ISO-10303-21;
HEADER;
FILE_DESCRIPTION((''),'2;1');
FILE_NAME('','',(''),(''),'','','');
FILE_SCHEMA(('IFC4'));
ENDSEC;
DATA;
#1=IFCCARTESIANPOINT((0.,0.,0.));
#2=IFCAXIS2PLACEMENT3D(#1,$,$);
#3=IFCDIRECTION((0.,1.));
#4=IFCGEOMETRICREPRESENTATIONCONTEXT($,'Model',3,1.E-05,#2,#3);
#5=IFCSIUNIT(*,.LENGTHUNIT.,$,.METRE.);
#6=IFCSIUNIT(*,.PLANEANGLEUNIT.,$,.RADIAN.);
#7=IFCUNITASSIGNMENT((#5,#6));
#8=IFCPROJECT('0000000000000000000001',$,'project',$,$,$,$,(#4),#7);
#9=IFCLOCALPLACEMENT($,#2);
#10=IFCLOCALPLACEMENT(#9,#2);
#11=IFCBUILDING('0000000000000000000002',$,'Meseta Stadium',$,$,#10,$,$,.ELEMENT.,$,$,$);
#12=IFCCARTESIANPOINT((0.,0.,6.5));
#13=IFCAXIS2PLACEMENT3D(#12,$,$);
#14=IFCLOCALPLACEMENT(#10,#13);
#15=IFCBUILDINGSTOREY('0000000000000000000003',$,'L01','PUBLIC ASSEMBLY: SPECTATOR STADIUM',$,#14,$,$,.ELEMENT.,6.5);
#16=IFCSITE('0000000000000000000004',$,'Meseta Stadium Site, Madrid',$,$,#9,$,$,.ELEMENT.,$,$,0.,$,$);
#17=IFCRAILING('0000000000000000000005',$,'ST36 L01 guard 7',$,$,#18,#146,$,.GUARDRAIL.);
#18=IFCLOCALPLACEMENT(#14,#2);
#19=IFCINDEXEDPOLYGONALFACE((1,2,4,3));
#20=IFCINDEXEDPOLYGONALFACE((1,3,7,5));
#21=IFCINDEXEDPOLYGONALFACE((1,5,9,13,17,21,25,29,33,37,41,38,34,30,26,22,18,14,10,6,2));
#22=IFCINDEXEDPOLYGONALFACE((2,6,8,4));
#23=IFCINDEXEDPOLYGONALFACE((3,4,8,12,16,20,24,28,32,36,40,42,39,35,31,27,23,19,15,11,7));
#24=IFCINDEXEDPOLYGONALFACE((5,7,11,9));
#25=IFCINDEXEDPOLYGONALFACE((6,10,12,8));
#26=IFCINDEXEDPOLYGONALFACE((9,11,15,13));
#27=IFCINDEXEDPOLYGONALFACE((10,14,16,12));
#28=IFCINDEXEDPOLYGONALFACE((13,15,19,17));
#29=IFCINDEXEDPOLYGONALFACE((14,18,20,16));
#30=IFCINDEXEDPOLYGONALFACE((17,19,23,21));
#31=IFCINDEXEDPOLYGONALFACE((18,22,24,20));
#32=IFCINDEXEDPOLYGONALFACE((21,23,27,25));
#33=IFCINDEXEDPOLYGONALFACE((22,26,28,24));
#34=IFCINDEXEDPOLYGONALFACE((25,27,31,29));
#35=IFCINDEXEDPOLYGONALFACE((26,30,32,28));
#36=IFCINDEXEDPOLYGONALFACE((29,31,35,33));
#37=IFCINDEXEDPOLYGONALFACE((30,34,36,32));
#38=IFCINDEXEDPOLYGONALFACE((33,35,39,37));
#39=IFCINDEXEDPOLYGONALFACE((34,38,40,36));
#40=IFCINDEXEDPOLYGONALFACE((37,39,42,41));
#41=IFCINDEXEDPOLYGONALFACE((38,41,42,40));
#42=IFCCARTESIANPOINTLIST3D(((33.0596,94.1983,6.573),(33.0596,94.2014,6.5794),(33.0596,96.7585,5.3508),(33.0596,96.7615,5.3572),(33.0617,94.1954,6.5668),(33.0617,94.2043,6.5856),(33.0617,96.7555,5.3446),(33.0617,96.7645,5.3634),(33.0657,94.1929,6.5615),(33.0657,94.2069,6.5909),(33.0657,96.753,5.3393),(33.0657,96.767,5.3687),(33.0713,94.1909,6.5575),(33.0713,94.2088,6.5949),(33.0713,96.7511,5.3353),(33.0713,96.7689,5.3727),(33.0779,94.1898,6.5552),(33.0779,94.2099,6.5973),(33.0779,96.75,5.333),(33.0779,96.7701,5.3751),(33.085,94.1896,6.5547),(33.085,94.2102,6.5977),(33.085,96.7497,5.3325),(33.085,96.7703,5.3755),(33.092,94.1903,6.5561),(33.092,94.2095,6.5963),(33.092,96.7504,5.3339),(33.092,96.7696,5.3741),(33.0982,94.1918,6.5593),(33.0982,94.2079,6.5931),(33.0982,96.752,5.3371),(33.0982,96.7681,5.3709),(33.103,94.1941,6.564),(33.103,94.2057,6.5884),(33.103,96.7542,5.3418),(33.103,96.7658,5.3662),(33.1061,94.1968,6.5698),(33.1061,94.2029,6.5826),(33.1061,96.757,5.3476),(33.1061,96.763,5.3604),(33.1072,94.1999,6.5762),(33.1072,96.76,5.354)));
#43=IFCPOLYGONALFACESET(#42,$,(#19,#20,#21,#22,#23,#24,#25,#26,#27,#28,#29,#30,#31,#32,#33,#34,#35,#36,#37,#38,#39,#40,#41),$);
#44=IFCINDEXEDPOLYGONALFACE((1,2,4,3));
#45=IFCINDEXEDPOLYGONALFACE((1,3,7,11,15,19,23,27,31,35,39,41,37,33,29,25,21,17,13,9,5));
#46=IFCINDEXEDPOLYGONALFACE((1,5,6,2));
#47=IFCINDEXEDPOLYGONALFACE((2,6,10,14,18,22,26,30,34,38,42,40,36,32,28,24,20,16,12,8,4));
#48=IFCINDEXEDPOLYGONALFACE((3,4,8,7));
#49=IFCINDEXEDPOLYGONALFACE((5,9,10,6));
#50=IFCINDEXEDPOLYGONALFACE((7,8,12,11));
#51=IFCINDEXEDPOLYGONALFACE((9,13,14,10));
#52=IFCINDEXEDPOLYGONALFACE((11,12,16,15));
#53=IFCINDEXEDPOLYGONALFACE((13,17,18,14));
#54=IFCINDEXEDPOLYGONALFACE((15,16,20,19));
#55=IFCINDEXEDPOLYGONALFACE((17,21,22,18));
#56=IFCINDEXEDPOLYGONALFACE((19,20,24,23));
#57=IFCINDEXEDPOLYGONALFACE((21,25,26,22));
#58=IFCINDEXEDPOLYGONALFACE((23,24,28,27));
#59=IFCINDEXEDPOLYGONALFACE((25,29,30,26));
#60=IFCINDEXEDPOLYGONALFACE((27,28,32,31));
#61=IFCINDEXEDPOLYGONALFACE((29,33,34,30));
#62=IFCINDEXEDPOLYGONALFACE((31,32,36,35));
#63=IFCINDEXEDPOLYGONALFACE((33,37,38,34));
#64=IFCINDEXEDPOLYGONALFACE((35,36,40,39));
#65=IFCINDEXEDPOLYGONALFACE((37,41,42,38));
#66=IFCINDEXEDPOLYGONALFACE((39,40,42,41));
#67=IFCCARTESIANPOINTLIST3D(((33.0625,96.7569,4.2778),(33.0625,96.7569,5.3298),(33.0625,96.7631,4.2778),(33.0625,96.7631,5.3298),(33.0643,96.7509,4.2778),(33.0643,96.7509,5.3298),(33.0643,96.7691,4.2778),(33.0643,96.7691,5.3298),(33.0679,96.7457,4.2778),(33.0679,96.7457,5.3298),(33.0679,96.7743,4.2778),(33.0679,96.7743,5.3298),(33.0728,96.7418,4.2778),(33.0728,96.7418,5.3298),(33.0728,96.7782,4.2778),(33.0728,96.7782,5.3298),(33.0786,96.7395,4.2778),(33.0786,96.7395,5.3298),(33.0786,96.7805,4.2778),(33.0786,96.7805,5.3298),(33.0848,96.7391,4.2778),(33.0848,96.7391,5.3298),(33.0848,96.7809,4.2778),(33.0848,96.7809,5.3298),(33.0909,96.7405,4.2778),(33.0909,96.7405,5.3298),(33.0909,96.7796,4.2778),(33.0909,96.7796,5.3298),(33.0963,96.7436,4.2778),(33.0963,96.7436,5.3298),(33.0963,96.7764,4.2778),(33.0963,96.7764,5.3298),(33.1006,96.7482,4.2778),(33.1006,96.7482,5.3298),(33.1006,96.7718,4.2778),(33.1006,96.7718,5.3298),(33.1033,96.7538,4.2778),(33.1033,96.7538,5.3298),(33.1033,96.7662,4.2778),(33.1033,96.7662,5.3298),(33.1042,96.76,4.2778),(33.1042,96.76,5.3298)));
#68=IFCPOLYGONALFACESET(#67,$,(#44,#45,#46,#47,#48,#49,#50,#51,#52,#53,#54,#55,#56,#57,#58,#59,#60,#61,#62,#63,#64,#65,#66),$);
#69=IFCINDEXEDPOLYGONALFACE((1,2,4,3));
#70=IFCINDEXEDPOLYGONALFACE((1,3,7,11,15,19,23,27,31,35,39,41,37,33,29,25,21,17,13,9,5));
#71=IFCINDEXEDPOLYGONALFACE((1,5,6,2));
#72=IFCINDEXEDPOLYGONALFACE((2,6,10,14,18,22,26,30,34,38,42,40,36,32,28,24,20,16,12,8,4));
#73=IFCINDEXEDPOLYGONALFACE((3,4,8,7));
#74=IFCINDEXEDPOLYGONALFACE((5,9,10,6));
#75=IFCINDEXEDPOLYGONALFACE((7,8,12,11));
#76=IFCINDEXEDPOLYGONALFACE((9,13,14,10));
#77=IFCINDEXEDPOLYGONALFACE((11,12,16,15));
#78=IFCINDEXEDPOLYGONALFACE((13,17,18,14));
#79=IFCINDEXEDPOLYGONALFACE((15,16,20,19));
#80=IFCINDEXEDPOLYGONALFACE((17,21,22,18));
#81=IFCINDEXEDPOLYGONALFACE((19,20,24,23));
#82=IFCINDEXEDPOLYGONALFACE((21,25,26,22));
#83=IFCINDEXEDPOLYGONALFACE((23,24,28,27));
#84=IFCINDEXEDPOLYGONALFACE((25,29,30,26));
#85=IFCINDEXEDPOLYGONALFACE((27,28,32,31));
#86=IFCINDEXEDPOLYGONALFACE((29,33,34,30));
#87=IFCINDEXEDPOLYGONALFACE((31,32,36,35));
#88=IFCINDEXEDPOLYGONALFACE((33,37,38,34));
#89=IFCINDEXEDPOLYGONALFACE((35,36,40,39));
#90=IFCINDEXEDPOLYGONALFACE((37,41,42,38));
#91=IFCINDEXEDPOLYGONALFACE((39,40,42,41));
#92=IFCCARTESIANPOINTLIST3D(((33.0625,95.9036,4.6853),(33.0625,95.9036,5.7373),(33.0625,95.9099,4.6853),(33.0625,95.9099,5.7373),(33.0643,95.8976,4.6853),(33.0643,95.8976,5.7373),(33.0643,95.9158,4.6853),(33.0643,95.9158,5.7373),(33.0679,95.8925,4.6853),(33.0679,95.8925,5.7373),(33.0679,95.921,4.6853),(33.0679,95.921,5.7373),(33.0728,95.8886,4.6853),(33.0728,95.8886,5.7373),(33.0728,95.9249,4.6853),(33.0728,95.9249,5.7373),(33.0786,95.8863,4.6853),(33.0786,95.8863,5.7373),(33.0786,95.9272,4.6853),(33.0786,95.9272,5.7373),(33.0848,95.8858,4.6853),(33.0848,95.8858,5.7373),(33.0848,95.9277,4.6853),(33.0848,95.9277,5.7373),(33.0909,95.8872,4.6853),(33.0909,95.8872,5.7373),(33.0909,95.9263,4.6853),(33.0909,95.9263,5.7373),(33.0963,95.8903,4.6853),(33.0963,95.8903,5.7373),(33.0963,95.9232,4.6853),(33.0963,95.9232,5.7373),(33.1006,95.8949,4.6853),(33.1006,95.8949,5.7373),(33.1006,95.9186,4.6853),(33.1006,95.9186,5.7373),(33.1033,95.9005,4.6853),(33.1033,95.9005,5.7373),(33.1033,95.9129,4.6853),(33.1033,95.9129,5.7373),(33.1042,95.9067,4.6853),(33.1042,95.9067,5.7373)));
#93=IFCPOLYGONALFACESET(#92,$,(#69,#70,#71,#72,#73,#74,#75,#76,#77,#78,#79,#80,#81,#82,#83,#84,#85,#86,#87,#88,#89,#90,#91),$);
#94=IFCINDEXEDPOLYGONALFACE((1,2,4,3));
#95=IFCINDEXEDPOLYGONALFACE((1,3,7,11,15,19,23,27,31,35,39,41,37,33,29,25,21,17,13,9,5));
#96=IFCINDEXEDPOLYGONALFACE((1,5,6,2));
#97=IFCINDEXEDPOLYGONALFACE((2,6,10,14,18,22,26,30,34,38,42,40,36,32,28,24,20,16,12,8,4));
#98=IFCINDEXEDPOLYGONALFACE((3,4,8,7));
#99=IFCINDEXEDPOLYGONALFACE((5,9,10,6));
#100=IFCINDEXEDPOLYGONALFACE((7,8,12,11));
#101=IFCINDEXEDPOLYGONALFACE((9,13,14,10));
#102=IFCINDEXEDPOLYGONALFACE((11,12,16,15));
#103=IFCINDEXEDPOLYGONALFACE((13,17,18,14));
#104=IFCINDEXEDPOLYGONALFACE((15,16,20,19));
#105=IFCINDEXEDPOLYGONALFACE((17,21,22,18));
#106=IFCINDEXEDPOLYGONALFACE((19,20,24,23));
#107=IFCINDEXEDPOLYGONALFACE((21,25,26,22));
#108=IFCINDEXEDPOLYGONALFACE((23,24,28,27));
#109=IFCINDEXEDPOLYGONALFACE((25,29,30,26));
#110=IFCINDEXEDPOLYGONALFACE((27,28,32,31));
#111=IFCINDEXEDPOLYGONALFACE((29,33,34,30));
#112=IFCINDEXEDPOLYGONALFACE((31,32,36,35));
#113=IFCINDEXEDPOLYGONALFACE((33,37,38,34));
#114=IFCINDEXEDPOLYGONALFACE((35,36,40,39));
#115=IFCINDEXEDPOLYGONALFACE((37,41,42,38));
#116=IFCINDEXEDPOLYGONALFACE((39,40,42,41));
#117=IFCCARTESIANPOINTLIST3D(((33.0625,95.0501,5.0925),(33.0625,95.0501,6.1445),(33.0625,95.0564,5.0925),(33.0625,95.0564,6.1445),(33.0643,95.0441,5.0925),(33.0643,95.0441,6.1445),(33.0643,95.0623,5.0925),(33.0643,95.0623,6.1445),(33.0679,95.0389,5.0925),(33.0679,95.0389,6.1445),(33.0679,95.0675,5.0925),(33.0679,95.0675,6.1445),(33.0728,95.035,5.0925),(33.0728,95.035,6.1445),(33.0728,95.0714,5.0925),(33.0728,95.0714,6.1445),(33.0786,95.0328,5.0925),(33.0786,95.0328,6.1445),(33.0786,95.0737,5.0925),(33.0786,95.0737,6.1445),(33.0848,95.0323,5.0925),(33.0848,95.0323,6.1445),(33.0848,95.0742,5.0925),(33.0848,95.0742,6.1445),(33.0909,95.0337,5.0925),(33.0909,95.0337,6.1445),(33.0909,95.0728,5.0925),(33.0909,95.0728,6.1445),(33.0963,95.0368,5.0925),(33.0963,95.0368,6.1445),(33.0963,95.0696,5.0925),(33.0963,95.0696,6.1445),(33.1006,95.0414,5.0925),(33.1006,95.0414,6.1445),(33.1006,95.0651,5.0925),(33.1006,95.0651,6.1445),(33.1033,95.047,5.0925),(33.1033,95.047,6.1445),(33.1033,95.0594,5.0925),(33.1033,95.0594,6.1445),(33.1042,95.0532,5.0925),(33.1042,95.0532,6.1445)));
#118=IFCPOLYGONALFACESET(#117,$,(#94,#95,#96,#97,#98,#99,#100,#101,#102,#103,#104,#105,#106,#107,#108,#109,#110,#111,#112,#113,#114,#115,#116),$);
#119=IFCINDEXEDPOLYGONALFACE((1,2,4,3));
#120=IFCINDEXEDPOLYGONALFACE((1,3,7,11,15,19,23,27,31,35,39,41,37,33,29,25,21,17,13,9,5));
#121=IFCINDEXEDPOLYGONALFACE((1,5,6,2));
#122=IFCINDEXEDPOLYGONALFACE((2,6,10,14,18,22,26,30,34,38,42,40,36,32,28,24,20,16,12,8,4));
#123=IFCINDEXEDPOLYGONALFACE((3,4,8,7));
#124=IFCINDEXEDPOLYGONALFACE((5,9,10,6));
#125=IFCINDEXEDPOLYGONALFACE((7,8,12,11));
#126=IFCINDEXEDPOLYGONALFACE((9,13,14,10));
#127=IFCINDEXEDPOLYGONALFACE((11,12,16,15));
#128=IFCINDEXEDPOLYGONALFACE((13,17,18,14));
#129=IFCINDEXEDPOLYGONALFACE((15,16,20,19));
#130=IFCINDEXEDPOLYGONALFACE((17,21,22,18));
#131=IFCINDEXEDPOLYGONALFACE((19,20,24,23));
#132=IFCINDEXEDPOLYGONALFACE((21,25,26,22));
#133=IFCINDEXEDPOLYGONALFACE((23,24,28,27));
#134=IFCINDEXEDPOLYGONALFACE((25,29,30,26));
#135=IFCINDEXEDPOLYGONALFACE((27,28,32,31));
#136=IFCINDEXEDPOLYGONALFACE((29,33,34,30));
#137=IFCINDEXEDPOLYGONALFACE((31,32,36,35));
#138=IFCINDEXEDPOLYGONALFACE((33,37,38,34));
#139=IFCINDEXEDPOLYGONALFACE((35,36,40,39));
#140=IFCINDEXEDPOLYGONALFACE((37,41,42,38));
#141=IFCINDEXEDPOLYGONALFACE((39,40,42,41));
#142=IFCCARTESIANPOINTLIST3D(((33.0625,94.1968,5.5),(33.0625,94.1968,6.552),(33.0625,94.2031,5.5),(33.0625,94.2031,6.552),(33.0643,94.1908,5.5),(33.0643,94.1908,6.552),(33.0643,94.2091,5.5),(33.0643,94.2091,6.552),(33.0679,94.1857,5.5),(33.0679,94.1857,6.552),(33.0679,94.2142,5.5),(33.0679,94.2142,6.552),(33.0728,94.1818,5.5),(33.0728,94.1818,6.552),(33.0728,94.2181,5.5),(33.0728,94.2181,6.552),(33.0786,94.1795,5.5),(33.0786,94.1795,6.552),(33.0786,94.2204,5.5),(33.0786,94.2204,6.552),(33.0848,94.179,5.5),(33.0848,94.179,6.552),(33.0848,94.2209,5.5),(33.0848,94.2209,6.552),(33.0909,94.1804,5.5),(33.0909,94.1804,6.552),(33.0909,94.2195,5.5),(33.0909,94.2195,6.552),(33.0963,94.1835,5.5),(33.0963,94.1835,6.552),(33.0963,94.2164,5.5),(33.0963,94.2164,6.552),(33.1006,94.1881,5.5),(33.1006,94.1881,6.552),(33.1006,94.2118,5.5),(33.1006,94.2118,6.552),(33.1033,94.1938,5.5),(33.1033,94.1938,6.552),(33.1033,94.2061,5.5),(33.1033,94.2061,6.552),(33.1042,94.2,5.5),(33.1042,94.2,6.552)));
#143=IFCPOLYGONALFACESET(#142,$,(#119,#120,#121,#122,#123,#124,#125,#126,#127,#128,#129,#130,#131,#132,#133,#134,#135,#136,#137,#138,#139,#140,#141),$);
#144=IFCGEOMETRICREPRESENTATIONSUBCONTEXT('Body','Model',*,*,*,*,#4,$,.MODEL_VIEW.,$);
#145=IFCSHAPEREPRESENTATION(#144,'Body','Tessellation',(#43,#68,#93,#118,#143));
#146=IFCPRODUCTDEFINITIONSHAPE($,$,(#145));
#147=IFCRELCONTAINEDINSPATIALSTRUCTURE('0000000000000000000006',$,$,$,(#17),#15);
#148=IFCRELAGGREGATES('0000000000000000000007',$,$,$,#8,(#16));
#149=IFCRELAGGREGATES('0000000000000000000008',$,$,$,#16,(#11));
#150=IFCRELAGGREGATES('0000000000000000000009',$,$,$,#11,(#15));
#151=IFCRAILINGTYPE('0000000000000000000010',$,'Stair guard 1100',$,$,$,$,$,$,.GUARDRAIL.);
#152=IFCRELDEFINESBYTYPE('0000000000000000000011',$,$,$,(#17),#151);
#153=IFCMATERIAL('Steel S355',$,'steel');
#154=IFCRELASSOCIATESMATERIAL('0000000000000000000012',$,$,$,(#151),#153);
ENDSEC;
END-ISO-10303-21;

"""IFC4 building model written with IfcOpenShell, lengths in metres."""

from ifc_helpers import new_model, si_unit, direction, frame, origin, origin_2d, place, context, subcontext, project, spatial, circle, extrude, material, type_object, element, save


model = new_model("IFC4")

# Units and contexts
model_context = context("Model", 3, precision=1e-05, world=origin(), true_north=direction((0.0, 1.0)))
body_context = subcontext(model_context, "Body", "Model", "MODEL_VIEW")
ifc_project = project(units=[si_unit("LENGTHUNIT", "METRE"), si_unit("PLANEANGLEUNIT", "RADIAN")], contexts=[model_context])

# Site, building, storey
site_placement = place(None, origin())
site = spatial("IfcSite", under=ifc_project, at=site_placement, Name="Meseta Stadium Site, Madrid", CompositionType="ELEMENT", RefElevation=0.0)
building_placement = place(site_placement, origin())
building = spatial("IfcBuilding", under=site, at=building_placement, Name="Meseta Stadium", CompositionType="ELEMENT")
storey_placement = place(building_placement, frame((0.0, 0.0, 6.5)))
storey = spatial("IfcBuildingStorey", under=building, at=storey_placement, Name="L01", Description="PUBLIC ASSEMBLY: SPECTATOR STADIUM", CompositionType="ELEMENT", Elevation=6.5)

# Railing
ifc_material_1 = material(Name="Steel S355", Category="steel")
railing_type_1 = type_object("IfcRailingType", Name="Stair guard 1100", PredefinedType="GUARDRAIL", material=ifc_material_1)
railing_1_placement = place(storey_placement, frame((33.0833, 96.76, 4.2778)))
element("IfcRailing", 1, at=railing_1_placement, inside=storey, type_object=railing_type_1, Name="ST36 L01 guard 7", PredefinedType="GUARDRAIL", context=body_context, shape_type="SweptSolid", body=[
    extrude(circle(Radius=0.0239, at=origin_2d()), frame((0.0, 0.0, 1.0762), z_axis=(0.0, -0.902437, 0.430822), x_axis=(1.0, 0.0, 0.0)), (0.0, 0.0, 1.0), 2.8369),
    extrude(circle(Radius=0.021, at=origin_2d()), origin(), (0.0, 0.0, 1.0), 1.052),
    extrude(circle(Radius=0.021, at=origin_2d()), frame((0.0, -0.8533, 0.4075)), (0.0, 0.0, 1.0), 1.052),
    extrude(circle(Radius=0.021, at=origin_2d()), frame((0.0, -1.7068, 0.8147)), (0.0, 0.0, 1.0), 1.052),
    extrude(circle(Radius=0.021, at=origin_2d()), frame((0.0, -2.5601, 1.2222)), (0.0, 0.0, 1.0), 1.052),
])

save(model, "model.ifc")
